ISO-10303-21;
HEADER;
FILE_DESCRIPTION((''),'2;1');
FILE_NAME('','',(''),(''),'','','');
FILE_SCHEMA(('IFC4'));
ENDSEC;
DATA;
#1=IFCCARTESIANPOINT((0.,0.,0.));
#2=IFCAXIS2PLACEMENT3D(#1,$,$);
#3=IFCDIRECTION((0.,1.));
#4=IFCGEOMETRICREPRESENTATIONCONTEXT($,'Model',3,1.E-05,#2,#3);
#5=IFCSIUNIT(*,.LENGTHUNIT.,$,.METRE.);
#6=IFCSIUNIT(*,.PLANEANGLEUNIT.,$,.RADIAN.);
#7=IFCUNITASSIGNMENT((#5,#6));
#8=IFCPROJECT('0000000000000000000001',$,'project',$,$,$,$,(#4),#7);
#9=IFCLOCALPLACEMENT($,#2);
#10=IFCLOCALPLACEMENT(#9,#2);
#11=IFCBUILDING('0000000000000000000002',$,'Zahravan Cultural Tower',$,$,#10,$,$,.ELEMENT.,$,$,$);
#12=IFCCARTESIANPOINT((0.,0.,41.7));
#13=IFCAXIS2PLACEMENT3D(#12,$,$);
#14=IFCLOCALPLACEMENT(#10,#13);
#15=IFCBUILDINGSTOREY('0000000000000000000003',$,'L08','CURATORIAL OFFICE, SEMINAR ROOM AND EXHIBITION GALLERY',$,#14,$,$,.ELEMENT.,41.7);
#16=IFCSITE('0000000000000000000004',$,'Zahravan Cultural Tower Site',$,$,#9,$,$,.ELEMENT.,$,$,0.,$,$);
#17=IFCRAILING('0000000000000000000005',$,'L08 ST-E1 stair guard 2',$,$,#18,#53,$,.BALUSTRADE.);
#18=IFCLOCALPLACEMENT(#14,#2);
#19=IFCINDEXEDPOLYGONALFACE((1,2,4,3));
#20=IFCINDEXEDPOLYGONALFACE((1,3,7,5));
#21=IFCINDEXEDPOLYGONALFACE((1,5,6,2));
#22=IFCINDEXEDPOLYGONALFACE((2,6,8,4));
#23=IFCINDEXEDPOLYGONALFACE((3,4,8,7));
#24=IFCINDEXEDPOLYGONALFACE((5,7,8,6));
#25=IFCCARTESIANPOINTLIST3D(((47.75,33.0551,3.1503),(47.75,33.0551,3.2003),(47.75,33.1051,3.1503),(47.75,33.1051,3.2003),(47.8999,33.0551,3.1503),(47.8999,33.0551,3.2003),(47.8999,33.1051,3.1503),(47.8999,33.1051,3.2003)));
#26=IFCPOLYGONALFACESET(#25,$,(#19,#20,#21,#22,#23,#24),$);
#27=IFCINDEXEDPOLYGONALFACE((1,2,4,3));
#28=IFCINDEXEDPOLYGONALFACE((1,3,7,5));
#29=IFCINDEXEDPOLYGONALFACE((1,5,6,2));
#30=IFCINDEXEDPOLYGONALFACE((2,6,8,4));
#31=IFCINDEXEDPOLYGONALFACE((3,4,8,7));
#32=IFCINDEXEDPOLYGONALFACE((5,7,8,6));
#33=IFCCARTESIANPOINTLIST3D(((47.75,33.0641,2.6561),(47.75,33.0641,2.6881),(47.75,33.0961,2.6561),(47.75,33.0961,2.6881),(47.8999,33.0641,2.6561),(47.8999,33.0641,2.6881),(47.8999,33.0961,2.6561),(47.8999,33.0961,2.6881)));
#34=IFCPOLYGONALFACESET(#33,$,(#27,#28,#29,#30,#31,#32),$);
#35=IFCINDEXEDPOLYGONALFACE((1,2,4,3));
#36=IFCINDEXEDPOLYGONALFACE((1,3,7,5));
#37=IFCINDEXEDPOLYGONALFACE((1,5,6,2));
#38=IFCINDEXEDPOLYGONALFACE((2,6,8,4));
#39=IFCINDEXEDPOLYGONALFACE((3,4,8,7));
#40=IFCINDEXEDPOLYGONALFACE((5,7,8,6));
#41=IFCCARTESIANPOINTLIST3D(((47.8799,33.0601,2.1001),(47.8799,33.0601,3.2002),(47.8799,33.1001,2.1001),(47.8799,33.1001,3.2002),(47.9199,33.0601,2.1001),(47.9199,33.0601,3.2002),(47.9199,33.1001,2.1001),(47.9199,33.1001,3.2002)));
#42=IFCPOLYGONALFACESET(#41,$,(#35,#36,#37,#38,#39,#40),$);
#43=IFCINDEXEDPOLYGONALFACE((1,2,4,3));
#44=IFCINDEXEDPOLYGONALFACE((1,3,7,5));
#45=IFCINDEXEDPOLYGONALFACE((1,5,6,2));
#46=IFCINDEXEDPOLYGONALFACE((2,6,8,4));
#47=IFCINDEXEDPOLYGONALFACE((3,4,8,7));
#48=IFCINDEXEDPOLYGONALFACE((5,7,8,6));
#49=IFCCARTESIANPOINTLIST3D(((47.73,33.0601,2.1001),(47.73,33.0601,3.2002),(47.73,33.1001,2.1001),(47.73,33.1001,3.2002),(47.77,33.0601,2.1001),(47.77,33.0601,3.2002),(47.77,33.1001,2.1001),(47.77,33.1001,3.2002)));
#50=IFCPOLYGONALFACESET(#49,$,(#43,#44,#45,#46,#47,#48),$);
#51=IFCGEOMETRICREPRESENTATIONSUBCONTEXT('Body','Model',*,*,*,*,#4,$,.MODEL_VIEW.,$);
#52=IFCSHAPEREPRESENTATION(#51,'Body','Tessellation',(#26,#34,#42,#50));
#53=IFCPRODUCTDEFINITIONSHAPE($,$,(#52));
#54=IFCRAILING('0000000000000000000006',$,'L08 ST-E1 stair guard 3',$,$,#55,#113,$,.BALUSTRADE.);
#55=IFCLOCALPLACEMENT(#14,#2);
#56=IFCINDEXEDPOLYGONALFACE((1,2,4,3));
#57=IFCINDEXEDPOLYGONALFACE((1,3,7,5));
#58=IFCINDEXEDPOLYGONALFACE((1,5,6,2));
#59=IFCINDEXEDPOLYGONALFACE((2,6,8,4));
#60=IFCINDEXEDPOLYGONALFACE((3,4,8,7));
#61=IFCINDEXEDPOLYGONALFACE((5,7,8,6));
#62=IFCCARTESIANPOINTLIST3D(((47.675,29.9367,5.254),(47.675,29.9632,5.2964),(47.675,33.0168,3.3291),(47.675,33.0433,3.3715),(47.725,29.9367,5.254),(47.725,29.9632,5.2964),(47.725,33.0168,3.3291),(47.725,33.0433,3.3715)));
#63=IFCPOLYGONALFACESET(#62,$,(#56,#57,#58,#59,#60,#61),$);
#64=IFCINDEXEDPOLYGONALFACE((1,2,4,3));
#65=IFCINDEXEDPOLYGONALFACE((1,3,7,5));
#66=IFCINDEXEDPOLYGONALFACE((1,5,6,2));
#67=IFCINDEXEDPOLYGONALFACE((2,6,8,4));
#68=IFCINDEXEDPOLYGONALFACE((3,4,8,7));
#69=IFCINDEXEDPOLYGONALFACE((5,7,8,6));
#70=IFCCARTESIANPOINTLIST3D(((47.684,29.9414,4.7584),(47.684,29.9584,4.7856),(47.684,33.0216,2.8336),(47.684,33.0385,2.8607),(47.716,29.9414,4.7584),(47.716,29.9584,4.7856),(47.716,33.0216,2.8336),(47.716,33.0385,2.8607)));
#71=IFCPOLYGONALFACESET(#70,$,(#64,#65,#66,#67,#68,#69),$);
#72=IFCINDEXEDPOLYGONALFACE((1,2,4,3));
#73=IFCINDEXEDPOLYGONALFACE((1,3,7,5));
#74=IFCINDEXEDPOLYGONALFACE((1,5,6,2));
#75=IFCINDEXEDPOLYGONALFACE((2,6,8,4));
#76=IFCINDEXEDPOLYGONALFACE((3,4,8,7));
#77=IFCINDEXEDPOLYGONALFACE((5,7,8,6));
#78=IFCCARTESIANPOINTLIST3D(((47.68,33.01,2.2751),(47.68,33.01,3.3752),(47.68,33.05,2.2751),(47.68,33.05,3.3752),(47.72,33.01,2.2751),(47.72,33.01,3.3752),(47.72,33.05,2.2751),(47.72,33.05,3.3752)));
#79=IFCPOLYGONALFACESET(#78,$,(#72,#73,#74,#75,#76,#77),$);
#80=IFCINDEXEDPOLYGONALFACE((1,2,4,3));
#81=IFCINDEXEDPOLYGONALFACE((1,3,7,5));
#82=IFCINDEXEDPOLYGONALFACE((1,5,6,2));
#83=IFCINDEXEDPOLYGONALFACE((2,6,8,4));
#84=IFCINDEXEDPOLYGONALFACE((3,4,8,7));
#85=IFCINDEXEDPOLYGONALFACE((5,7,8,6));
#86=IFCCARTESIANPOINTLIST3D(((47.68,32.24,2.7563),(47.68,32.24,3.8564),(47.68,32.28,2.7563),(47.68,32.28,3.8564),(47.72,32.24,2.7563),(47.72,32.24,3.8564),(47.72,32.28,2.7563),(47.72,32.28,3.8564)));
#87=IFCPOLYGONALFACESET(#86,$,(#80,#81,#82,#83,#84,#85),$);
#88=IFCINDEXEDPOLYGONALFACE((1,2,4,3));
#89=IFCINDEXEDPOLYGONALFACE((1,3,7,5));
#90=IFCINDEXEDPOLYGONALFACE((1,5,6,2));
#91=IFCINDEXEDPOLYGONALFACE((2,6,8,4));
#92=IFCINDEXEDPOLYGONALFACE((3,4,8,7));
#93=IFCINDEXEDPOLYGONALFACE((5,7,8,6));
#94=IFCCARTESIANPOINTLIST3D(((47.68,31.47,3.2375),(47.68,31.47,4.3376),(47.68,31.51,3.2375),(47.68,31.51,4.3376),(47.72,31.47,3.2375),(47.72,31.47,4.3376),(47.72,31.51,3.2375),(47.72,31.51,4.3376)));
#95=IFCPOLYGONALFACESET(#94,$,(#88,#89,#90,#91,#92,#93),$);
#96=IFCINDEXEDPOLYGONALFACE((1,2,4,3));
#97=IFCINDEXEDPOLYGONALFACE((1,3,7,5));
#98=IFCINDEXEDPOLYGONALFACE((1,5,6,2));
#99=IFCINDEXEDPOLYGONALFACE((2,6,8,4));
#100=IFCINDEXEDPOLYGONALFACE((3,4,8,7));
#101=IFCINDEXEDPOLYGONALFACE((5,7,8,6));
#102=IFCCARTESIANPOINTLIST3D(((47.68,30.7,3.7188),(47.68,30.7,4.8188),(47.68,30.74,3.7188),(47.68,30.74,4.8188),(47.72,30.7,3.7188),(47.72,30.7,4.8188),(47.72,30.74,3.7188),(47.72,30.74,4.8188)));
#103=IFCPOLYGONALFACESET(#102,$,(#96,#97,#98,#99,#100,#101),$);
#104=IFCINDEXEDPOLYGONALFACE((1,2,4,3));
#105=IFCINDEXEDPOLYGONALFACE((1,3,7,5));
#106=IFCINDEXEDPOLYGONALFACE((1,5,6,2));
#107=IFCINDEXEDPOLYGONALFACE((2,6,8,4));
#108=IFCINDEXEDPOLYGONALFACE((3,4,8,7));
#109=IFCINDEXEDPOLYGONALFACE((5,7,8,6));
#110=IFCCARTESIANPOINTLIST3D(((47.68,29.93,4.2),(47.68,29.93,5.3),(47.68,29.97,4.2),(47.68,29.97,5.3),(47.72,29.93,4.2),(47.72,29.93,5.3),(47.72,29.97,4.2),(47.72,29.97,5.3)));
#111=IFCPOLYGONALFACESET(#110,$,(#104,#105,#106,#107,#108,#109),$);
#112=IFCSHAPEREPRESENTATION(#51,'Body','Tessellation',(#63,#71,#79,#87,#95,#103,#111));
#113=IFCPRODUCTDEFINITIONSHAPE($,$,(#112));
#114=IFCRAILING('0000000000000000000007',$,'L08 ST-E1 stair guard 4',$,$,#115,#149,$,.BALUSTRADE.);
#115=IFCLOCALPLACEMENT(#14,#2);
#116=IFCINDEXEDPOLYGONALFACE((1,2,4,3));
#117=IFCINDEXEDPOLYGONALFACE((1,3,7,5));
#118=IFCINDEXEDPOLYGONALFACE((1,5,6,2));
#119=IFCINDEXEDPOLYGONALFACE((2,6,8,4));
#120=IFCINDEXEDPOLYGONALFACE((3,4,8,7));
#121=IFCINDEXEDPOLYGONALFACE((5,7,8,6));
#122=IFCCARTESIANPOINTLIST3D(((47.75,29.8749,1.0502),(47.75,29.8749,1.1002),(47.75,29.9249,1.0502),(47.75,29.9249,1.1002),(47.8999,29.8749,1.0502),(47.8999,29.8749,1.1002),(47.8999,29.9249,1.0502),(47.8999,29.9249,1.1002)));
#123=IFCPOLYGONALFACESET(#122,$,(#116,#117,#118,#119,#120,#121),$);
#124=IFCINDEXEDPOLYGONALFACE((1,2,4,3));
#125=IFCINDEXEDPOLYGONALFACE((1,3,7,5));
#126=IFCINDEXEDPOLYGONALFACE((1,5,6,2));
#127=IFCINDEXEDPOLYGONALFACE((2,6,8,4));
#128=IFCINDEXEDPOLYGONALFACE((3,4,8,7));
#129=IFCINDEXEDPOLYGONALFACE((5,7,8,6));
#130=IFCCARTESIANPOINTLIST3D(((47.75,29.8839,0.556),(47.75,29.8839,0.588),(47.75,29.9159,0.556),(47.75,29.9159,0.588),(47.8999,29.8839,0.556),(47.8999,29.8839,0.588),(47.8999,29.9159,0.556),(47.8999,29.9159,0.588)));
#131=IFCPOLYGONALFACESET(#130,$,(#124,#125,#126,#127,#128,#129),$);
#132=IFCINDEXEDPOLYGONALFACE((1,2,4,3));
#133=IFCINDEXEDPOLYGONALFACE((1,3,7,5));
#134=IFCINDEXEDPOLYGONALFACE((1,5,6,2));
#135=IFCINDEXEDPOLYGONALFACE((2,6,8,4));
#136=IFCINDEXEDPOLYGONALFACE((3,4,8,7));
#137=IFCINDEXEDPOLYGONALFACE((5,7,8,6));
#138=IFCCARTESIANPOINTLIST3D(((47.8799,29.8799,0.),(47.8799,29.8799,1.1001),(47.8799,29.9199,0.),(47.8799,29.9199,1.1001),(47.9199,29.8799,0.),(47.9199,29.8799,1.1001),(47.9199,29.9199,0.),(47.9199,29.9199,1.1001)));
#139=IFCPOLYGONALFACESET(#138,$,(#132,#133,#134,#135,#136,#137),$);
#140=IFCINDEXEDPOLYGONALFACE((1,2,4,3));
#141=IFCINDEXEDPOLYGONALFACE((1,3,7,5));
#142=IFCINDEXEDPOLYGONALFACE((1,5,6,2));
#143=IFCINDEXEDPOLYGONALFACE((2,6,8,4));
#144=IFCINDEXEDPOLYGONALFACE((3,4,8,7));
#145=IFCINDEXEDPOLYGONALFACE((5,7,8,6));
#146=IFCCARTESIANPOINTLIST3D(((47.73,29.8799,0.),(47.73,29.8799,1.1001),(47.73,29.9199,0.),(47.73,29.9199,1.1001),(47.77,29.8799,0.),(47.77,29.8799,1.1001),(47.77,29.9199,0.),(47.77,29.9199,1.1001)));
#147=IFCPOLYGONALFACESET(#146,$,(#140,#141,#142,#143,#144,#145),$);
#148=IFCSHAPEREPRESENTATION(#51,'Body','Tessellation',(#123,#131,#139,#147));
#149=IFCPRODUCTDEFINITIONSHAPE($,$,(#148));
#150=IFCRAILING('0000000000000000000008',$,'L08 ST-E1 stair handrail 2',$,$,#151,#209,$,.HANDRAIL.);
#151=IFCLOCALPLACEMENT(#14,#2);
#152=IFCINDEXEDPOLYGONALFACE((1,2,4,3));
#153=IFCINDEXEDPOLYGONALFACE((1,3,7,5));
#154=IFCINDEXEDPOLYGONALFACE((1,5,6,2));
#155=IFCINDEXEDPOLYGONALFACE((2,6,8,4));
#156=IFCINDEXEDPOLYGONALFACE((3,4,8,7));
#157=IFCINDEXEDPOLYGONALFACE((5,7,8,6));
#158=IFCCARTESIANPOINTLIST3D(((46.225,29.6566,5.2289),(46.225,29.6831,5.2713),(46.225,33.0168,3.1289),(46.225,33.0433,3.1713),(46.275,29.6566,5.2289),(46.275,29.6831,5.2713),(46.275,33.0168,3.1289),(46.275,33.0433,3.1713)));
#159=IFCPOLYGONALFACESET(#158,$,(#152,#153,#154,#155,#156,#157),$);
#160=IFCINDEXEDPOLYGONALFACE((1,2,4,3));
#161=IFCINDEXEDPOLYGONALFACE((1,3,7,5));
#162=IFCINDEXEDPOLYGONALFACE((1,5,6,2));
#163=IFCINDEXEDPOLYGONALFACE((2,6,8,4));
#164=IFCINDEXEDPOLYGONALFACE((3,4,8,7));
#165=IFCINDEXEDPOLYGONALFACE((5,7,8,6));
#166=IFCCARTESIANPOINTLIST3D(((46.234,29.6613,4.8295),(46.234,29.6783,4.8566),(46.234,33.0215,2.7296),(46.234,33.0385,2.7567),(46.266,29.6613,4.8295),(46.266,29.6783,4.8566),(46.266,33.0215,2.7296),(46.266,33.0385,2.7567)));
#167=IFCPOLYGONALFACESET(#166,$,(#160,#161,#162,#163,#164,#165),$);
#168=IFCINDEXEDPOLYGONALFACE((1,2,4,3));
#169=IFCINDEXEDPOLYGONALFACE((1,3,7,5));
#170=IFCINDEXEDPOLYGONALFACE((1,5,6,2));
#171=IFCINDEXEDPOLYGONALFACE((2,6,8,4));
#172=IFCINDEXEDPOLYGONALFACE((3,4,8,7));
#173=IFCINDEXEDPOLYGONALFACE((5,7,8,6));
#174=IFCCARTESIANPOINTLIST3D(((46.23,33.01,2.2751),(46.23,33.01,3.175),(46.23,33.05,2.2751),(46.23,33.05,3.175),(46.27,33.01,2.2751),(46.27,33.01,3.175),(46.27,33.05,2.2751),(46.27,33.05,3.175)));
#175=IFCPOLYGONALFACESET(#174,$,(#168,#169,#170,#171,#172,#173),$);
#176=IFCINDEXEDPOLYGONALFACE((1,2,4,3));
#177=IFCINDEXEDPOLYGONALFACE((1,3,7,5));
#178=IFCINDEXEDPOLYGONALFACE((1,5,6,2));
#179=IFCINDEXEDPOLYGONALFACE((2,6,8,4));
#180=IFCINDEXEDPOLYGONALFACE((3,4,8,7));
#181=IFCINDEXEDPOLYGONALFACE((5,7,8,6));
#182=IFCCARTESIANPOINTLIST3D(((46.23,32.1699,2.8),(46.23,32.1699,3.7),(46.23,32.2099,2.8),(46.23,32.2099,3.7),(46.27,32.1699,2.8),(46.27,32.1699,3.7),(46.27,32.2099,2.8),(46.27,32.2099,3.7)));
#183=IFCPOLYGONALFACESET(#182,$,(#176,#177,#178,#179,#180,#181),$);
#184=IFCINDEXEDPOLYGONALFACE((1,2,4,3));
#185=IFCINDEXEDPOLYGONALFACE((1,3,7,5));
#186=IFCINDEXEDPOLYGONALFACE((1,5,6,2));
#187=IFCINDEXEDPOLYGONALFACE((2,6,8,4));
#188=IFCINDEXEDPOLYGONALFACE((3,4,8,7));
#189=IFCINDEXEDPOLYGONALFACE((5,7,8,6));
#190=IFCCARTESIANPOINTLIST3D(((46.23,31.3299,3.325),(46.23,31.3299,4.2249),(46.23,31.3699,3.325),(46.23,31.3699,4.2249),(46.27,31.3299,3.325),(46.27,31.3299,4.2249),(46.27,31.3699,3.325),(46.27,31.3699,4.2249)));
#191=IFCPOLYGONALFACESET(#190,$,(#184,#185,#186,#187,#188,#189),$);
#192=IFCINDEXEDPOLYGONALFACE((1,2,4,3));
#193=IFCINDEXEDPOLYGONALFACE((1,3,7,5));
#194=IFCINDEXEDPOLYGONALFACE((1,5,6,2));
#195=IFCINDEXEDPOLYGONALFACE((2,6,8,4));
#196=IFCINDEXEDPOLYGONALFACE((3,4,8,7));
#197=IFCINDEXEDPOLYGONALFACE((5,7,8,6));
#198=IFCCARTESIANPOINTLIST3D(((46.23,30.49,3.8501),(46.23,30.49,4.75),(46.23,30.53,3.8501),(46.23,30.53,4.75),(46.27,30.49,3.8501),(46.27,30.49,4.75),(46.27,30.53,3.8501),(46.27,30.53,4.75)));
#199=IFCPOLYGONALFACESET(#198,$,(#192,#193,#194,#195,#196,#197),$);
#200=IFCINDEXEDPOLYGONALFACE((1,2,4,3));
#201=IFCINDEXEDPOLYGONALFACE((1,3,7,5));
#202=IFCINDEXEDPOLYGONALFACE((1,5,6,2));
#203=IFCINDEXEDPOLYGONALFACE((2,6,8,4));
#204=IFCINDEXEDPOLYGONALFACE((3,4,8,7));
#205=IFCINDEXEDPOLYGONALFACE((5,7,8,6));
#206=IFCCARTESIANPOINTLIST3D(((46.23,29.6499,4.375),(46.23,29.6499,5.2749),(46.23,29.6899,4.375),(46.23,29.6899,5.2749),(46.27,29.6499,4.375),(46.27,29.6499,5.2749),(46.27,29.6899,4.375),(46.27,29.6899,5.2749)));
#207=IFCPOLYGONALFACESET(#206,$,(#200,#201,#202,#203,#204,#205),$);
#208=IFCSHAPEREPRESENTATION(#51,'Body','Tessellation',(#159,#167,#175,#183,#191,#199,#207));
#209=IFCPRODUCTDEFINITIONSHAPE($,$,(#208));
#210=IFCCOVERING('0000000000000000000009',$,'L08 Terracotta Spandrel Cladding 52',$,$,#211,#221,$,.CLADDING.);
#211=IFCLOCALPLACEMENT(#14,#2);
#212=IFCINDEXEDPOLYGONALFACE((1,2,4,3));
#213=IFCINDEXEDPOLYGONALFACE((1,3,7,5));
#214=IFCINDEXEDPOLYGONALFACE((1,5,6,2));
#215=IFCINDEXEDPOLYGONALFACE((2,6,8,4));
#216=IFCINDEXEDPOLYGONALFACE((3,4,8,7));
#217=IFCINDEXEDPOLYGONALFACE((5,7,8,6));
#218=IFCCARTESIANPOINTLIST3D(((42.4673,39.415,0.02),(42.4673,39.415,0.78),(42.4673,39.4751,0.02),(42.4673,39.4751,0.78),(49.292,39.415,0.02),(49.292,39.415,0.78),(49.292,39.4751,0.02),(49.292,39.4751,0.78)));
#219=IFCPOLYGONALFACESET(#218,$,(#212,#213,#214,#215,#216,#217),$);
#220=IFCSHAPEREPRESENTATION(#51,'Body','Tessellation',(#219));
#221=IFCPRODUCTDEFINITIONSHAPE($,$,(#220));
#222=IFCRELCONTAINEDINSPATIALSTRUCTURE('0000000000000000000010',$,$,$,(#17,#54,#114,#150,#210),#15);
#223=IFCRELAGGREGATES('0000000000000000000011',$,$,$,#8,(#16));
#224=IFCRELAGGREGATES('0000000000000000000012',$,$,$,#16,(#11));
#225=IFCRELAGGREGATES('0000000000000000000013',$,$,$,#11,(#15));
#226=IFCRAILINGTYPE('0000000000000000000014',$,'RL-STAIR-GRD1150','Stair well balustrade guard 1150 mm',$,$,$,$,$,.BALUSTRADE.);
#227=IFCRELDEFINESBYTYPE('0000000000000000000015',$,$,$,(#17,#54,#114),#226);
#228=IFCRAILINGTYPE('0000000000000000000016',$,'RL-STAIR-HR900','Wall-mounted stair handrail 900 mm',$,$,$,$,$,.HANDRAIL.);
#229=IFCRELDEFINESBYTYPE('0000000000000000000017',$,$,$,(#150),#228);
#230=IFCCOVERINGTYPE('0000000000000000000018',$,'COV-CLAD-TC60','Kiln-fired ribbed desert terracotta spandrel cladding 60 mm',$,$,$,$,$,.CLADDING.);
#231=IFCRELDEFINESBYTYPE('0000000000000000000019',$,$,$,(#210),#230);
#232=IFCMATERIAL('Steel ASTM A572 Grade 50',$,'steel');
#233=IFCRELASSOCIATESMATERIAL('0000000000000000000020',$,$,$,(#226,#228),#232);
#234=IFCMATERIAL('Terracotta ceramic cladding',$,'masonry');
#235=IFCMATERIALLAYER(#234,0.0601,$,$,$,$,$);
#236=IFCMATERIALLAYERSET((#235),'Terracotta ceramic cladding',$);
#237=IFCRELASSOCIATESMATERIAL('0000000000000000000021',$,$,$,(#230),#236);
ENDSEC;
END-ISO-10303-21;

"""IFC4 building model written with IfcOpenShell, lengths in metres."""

from ifc_helpers import new_model, si_unit, direction, frame, origin, origin_2d, place, context, subcontext, project, spatial, rectangle, extrude, source, transform, mapped, material, layer, layer_set, type_object, element, save


model = new_model("IFC4")

# Units and contexts
model_context = context("Model", 3, precision=1e-05, world=origin(), true_north=direction((0.0, 1.0)))
body_context = subcontext(model_context, "Body", "Model", "MODEL_VIEW")
ifc_project = project(units=[si_unit("LENGTHUNIT", "METRE"), si_unit("PLANEANGLEUNIT", "RADIAN")], contexts=[model_context])

# Site, building, storey
site_placement = place(None, origin())
site = spatial("IfcSite", under=ifc_project, at=site_placement, Name="Zahravan Cultural Tower Site", CompositionType="ELEMENT", RefElevation=0.0)
building_placement = place(site_placement, origin())
building = spatial("IfcBuilding", under=site, at=building_placement, Name="Zahravan Cultural Tower", CompositionType="ELEMENT")
storey_placement = place(building_placement, frame((0.0, 0.0, 41.7)))
storey = spatial("IfcBuildingStorey", under=building, at=storey_placement, Name="L08", Description="CURATORIAL OFFICE, SEMINAR ROOM AND EXHIBITION GALLERY", CompositionType="ELEMENT", Elevation=41.7)

# Shared definitions
ifc_material_1 = material(Name="Steel ASTM A572 Grade 50", Category="steel")

# Railings
railing_type_1 = type_object("IfcRailingType", Name="RL-STAIR-GRD1150", Description="Stair well balustrade guard 1150 mm", PredefinedType="BALUSTRADE", material=ifc_material_1)
railing_1_placement = place(storey_placement, frame((47.8999, 33.0801, 2.1001)))
element("IfcRailing", 1, at=railing_1_placement, inside=storey, type_object=railing_type_1, Name="L08 ST-E1 stair guard 2", PredefinedType="BALUSTRADE", context=body_context, shape_type="SweptSolid", body=[
    extrude(rectangle(XDim=0.05, YDim=0.05, at=origin_2d()), frame((0.0, 0.0, 1.0752), z_axis=(-1.0, 0.0, 0.0), x_axis=(0.0, -1.0, 0.0)), (0.0, 0.0, 1.0), 0.1499),
    extrude(rectangle(XDim=0.032, YDim=0.032, at=origin_2d()), frame((0.0, 0.0, 0.572), z_axis=(-1.0, 0.0, 0.0), x_axis=(0.0, -1.0, 0.0)), (0.0, 0.0, 1.0), 0.1499),
    extrude(rectangle(XDim=0.04, YDim=0.04, at=origin_2d()), origin(), (0.0, 0.0, 1.0), 1.1001),
    extrude(rectangle(XDim=0.04, YDim=0.04, at=origin_2d()), frame((-0.1499, 0.0, 0.0)), (0.0, 0.0, 1.0), 1.1001),
])
railing_2_placement = place(storey_placement, frame((47.7, 33.03, 2.2751)))
element("IfcRailing", 2, at=railing_2_placement, inside=storey, type_object=railing_type_1, Name="L08 ST-E1 stair guard 3", PredefinedType="BALUSTRADE", context=body_context, shape_type="SweptSolid", body=[
    extrude(rectangle(XDim=0.05, YDim=0.05, at=origin_2d()), frame((0.0, 0.0, 1.0752), z_axis=(0.0, -0.848029, 0.529951), x_axis=(1.0, 0.0, 0.0)), (0.0, 0.0, 1.0), 3.6321),
    extrude(rectangle(XDim=0.032, YDim=0.032, at=origin_2d()), frame((0.0, 0.0, 0.572), z_axis=(0.0, -0.848029, 0.529951), x_axis=(1.0, 0.0, 0.0)), (0.0, 0.0, 1.0), 3.6321),
    extrude(rectangle(XDim=0.04, YDim=0.04, at=origin_2d()), origin(), (0.0, 0.0, 1.0), 1.1001),
    extrude(rectangle(XDim=0.04, YDim=0.04, at=origin_2d()), frame((0.0, -0.77, 0.4812)), (0.0, 0.0, 1.0), 1.1001),
    extrude(rectangle(XDim=0.04, YDim=0.04, at=origin_2d()), frame((0.0, -1.54, 0.9624)), (0.0, 0.0, 1.0), 1.1001),
    extrude(rectangle(XDim=0.04, YDim=0.04, at=origin_2d()), frame((0.0, -2.3101, 1.4436)), (0.0, 0.0, 1.0), 1.1001),
    extrude(rectangle(XDim=0.04, YDim=0.04, at=origin_2d()), frame((0.0, -3.0801, 1.9248)), (0.0, 0.0, 1.0), 1.1001),
])
railing_3_placement = place(storey_placement, frame((47.8999, 29.8999, 0.0)))
element("IfcRailing", 3, at=railing_3_placement, inside=storey, type_object=railing_type_1, Name="L08 ST-E1 stair guard 4", PredefinedType="BALUSTRADE", context=body_context, shape_type="SweptSolid", body=[
    extrude(rectangle(XDim=0.05, YDim=0.05, at=origin_2d()), frame((0.0, 0.0, 1.0752), z_axis=(-1.0, 0.0, 0.0), x_axis=(0.0, -1.0, 0.0)), (0.0, 0.0, 1.0), 0.1499),
    extrude(rectangle(XDim=0.032, YDim=0.032, at=origin_2d()), frame((0.0, 0.0, 0.572), z_axis=(-1.0, 0.0, 0.0), x_axis=(0.0, -1.0, 0.0)), (0.0, 0.0, 1.0), 0.1499),
    extrude(rectangle(XDim=0.04, YDim=0.04, at=origin_2d()), origin(), (0.0, 0.0, 1.0), 1.1001),
    extrude(rectangle(XDim=0.04, YDim=0.04, at=origin_2d()), frame((-0.1499, 0.0, 0.0)), (0.0, 0.0, 1.0), 1.1001),
])
railing_type_2 = type_object("IfcRailingType", Name="RL-STAIR-HR900", Description="Wall-mounted stair handrail 900 mm", PredefinedType="HANDRAIL", material=ifc_material_1)
railing_4_placement = place(storey_placement, frame((46.25, 33.03, 2.2751)))
element("IfcRailing", 4, at=railing_4_placement, inside=storey, type_object=railing_type_2, Name="L08 ST-E1 stair handrail 2", PredefinedType="HANDRAIL", context=body_context, shape_type="SweptSolid", body=[
    extrude(rectangle(XDim=0.05, YDim=0.05, at=origin_2d()), frame((0.0, 0.0, 0.875), z_axis=(0.0, -0.848023, 0.52996), x_axis=(1.0, 0.0, 0.0)), (0.0, 0.0, 1.0), 3.9624),
    extrude(rectangle(XDim=0.032, YDim=0.032, at=origin_2d()), frame((0.0, 0.0, 0.468), z_axis=(0.0, -0.848023, 0.52996), x_axis=(1.0, 0.0, 0.0)), (0.0, 0.0, 1.0), 3.9624),
    extrude(rectangle(XDim=0.04, YDim=0.04, at=origin_2d()), origin(), (0.0, 0.0, 1.0), 0.8999),
    extrude(rectangle(XDim=0.04, YDim=0.04, at=origin_2d()), frame((0.0, -0.8401, 0.5249)), (0.0, 0.0, 1.0), 0.8999),
    extrude(rectangle(XDim=0.04, YDim=0.04, at=origin_2d()), frame((0.0, -1.6802, 1.0498)), (0.0, 0.0, 1.0), 0.8999),
    extrude(rectangle(XDim=0.04, YDim=0.04, at=origin_2d()), frame((0.0, -2.52, 1.575)), (0.0, 0.0, 1.0), 0.8999),
    extrude(rectangle(XDim=0.04, YDim=0.04, at=origin_2d()), frame((0.0, -3.3601, 2.0999)), (0.0, 0.0, 1.0), 0.8999),
])

# Covering
ifc_material_2 = material(Name="Terracotta ceramic cladding", Category="masonry")
ifc_layer_1 = layer(ifc_material_2, 0.0601)
ifc_layer_set_1 = layer_set([ifc_layer_1], Name="Terracotta ceramic cladding")
covering_type = type_object("IfcCoveringType", Name="COV-CLAD-TC60", Description="Kiln-fired ribbed desert terracotta spandrel cladding 60 mm", PredefinedType="CLADDING", material=ifc_layer_set_1)
shared_shape_1 = source(origin(), body_context, "Body", "SweptSolid", [
    extrude(rectangle(XDim=6.8247, YDim=0.0601, at=origin_2d()), origin(), (0.0, 0.0, 1.0), 0.76),
])
covering_placement = place(storey_placement, frame((45.8796, 39.4451, 0.02), z_axis=(0.0, 0.0, 1.0), x_axis=(1.0, 0.0, 0.0)))
element("IfcCovering", 5, at=covering_placement, inside=storey, type_object=covering_type, Name="L08 Terracotta Spandrel Cladding 52", PredefinedType="CLADDING", context=body_context, shape_type="MappedRepresentation", body=[
    mapped(shared_shape_1, transform((0.0, 0.0, 0.0), x_axis=(1.0, 0.0, 0.0), y_axis=(0.0, 1.0, 0.0), z_axis=(0.0, 0.0, 1.0), scale=1.0)),
])

save(model, "model.ifc")
